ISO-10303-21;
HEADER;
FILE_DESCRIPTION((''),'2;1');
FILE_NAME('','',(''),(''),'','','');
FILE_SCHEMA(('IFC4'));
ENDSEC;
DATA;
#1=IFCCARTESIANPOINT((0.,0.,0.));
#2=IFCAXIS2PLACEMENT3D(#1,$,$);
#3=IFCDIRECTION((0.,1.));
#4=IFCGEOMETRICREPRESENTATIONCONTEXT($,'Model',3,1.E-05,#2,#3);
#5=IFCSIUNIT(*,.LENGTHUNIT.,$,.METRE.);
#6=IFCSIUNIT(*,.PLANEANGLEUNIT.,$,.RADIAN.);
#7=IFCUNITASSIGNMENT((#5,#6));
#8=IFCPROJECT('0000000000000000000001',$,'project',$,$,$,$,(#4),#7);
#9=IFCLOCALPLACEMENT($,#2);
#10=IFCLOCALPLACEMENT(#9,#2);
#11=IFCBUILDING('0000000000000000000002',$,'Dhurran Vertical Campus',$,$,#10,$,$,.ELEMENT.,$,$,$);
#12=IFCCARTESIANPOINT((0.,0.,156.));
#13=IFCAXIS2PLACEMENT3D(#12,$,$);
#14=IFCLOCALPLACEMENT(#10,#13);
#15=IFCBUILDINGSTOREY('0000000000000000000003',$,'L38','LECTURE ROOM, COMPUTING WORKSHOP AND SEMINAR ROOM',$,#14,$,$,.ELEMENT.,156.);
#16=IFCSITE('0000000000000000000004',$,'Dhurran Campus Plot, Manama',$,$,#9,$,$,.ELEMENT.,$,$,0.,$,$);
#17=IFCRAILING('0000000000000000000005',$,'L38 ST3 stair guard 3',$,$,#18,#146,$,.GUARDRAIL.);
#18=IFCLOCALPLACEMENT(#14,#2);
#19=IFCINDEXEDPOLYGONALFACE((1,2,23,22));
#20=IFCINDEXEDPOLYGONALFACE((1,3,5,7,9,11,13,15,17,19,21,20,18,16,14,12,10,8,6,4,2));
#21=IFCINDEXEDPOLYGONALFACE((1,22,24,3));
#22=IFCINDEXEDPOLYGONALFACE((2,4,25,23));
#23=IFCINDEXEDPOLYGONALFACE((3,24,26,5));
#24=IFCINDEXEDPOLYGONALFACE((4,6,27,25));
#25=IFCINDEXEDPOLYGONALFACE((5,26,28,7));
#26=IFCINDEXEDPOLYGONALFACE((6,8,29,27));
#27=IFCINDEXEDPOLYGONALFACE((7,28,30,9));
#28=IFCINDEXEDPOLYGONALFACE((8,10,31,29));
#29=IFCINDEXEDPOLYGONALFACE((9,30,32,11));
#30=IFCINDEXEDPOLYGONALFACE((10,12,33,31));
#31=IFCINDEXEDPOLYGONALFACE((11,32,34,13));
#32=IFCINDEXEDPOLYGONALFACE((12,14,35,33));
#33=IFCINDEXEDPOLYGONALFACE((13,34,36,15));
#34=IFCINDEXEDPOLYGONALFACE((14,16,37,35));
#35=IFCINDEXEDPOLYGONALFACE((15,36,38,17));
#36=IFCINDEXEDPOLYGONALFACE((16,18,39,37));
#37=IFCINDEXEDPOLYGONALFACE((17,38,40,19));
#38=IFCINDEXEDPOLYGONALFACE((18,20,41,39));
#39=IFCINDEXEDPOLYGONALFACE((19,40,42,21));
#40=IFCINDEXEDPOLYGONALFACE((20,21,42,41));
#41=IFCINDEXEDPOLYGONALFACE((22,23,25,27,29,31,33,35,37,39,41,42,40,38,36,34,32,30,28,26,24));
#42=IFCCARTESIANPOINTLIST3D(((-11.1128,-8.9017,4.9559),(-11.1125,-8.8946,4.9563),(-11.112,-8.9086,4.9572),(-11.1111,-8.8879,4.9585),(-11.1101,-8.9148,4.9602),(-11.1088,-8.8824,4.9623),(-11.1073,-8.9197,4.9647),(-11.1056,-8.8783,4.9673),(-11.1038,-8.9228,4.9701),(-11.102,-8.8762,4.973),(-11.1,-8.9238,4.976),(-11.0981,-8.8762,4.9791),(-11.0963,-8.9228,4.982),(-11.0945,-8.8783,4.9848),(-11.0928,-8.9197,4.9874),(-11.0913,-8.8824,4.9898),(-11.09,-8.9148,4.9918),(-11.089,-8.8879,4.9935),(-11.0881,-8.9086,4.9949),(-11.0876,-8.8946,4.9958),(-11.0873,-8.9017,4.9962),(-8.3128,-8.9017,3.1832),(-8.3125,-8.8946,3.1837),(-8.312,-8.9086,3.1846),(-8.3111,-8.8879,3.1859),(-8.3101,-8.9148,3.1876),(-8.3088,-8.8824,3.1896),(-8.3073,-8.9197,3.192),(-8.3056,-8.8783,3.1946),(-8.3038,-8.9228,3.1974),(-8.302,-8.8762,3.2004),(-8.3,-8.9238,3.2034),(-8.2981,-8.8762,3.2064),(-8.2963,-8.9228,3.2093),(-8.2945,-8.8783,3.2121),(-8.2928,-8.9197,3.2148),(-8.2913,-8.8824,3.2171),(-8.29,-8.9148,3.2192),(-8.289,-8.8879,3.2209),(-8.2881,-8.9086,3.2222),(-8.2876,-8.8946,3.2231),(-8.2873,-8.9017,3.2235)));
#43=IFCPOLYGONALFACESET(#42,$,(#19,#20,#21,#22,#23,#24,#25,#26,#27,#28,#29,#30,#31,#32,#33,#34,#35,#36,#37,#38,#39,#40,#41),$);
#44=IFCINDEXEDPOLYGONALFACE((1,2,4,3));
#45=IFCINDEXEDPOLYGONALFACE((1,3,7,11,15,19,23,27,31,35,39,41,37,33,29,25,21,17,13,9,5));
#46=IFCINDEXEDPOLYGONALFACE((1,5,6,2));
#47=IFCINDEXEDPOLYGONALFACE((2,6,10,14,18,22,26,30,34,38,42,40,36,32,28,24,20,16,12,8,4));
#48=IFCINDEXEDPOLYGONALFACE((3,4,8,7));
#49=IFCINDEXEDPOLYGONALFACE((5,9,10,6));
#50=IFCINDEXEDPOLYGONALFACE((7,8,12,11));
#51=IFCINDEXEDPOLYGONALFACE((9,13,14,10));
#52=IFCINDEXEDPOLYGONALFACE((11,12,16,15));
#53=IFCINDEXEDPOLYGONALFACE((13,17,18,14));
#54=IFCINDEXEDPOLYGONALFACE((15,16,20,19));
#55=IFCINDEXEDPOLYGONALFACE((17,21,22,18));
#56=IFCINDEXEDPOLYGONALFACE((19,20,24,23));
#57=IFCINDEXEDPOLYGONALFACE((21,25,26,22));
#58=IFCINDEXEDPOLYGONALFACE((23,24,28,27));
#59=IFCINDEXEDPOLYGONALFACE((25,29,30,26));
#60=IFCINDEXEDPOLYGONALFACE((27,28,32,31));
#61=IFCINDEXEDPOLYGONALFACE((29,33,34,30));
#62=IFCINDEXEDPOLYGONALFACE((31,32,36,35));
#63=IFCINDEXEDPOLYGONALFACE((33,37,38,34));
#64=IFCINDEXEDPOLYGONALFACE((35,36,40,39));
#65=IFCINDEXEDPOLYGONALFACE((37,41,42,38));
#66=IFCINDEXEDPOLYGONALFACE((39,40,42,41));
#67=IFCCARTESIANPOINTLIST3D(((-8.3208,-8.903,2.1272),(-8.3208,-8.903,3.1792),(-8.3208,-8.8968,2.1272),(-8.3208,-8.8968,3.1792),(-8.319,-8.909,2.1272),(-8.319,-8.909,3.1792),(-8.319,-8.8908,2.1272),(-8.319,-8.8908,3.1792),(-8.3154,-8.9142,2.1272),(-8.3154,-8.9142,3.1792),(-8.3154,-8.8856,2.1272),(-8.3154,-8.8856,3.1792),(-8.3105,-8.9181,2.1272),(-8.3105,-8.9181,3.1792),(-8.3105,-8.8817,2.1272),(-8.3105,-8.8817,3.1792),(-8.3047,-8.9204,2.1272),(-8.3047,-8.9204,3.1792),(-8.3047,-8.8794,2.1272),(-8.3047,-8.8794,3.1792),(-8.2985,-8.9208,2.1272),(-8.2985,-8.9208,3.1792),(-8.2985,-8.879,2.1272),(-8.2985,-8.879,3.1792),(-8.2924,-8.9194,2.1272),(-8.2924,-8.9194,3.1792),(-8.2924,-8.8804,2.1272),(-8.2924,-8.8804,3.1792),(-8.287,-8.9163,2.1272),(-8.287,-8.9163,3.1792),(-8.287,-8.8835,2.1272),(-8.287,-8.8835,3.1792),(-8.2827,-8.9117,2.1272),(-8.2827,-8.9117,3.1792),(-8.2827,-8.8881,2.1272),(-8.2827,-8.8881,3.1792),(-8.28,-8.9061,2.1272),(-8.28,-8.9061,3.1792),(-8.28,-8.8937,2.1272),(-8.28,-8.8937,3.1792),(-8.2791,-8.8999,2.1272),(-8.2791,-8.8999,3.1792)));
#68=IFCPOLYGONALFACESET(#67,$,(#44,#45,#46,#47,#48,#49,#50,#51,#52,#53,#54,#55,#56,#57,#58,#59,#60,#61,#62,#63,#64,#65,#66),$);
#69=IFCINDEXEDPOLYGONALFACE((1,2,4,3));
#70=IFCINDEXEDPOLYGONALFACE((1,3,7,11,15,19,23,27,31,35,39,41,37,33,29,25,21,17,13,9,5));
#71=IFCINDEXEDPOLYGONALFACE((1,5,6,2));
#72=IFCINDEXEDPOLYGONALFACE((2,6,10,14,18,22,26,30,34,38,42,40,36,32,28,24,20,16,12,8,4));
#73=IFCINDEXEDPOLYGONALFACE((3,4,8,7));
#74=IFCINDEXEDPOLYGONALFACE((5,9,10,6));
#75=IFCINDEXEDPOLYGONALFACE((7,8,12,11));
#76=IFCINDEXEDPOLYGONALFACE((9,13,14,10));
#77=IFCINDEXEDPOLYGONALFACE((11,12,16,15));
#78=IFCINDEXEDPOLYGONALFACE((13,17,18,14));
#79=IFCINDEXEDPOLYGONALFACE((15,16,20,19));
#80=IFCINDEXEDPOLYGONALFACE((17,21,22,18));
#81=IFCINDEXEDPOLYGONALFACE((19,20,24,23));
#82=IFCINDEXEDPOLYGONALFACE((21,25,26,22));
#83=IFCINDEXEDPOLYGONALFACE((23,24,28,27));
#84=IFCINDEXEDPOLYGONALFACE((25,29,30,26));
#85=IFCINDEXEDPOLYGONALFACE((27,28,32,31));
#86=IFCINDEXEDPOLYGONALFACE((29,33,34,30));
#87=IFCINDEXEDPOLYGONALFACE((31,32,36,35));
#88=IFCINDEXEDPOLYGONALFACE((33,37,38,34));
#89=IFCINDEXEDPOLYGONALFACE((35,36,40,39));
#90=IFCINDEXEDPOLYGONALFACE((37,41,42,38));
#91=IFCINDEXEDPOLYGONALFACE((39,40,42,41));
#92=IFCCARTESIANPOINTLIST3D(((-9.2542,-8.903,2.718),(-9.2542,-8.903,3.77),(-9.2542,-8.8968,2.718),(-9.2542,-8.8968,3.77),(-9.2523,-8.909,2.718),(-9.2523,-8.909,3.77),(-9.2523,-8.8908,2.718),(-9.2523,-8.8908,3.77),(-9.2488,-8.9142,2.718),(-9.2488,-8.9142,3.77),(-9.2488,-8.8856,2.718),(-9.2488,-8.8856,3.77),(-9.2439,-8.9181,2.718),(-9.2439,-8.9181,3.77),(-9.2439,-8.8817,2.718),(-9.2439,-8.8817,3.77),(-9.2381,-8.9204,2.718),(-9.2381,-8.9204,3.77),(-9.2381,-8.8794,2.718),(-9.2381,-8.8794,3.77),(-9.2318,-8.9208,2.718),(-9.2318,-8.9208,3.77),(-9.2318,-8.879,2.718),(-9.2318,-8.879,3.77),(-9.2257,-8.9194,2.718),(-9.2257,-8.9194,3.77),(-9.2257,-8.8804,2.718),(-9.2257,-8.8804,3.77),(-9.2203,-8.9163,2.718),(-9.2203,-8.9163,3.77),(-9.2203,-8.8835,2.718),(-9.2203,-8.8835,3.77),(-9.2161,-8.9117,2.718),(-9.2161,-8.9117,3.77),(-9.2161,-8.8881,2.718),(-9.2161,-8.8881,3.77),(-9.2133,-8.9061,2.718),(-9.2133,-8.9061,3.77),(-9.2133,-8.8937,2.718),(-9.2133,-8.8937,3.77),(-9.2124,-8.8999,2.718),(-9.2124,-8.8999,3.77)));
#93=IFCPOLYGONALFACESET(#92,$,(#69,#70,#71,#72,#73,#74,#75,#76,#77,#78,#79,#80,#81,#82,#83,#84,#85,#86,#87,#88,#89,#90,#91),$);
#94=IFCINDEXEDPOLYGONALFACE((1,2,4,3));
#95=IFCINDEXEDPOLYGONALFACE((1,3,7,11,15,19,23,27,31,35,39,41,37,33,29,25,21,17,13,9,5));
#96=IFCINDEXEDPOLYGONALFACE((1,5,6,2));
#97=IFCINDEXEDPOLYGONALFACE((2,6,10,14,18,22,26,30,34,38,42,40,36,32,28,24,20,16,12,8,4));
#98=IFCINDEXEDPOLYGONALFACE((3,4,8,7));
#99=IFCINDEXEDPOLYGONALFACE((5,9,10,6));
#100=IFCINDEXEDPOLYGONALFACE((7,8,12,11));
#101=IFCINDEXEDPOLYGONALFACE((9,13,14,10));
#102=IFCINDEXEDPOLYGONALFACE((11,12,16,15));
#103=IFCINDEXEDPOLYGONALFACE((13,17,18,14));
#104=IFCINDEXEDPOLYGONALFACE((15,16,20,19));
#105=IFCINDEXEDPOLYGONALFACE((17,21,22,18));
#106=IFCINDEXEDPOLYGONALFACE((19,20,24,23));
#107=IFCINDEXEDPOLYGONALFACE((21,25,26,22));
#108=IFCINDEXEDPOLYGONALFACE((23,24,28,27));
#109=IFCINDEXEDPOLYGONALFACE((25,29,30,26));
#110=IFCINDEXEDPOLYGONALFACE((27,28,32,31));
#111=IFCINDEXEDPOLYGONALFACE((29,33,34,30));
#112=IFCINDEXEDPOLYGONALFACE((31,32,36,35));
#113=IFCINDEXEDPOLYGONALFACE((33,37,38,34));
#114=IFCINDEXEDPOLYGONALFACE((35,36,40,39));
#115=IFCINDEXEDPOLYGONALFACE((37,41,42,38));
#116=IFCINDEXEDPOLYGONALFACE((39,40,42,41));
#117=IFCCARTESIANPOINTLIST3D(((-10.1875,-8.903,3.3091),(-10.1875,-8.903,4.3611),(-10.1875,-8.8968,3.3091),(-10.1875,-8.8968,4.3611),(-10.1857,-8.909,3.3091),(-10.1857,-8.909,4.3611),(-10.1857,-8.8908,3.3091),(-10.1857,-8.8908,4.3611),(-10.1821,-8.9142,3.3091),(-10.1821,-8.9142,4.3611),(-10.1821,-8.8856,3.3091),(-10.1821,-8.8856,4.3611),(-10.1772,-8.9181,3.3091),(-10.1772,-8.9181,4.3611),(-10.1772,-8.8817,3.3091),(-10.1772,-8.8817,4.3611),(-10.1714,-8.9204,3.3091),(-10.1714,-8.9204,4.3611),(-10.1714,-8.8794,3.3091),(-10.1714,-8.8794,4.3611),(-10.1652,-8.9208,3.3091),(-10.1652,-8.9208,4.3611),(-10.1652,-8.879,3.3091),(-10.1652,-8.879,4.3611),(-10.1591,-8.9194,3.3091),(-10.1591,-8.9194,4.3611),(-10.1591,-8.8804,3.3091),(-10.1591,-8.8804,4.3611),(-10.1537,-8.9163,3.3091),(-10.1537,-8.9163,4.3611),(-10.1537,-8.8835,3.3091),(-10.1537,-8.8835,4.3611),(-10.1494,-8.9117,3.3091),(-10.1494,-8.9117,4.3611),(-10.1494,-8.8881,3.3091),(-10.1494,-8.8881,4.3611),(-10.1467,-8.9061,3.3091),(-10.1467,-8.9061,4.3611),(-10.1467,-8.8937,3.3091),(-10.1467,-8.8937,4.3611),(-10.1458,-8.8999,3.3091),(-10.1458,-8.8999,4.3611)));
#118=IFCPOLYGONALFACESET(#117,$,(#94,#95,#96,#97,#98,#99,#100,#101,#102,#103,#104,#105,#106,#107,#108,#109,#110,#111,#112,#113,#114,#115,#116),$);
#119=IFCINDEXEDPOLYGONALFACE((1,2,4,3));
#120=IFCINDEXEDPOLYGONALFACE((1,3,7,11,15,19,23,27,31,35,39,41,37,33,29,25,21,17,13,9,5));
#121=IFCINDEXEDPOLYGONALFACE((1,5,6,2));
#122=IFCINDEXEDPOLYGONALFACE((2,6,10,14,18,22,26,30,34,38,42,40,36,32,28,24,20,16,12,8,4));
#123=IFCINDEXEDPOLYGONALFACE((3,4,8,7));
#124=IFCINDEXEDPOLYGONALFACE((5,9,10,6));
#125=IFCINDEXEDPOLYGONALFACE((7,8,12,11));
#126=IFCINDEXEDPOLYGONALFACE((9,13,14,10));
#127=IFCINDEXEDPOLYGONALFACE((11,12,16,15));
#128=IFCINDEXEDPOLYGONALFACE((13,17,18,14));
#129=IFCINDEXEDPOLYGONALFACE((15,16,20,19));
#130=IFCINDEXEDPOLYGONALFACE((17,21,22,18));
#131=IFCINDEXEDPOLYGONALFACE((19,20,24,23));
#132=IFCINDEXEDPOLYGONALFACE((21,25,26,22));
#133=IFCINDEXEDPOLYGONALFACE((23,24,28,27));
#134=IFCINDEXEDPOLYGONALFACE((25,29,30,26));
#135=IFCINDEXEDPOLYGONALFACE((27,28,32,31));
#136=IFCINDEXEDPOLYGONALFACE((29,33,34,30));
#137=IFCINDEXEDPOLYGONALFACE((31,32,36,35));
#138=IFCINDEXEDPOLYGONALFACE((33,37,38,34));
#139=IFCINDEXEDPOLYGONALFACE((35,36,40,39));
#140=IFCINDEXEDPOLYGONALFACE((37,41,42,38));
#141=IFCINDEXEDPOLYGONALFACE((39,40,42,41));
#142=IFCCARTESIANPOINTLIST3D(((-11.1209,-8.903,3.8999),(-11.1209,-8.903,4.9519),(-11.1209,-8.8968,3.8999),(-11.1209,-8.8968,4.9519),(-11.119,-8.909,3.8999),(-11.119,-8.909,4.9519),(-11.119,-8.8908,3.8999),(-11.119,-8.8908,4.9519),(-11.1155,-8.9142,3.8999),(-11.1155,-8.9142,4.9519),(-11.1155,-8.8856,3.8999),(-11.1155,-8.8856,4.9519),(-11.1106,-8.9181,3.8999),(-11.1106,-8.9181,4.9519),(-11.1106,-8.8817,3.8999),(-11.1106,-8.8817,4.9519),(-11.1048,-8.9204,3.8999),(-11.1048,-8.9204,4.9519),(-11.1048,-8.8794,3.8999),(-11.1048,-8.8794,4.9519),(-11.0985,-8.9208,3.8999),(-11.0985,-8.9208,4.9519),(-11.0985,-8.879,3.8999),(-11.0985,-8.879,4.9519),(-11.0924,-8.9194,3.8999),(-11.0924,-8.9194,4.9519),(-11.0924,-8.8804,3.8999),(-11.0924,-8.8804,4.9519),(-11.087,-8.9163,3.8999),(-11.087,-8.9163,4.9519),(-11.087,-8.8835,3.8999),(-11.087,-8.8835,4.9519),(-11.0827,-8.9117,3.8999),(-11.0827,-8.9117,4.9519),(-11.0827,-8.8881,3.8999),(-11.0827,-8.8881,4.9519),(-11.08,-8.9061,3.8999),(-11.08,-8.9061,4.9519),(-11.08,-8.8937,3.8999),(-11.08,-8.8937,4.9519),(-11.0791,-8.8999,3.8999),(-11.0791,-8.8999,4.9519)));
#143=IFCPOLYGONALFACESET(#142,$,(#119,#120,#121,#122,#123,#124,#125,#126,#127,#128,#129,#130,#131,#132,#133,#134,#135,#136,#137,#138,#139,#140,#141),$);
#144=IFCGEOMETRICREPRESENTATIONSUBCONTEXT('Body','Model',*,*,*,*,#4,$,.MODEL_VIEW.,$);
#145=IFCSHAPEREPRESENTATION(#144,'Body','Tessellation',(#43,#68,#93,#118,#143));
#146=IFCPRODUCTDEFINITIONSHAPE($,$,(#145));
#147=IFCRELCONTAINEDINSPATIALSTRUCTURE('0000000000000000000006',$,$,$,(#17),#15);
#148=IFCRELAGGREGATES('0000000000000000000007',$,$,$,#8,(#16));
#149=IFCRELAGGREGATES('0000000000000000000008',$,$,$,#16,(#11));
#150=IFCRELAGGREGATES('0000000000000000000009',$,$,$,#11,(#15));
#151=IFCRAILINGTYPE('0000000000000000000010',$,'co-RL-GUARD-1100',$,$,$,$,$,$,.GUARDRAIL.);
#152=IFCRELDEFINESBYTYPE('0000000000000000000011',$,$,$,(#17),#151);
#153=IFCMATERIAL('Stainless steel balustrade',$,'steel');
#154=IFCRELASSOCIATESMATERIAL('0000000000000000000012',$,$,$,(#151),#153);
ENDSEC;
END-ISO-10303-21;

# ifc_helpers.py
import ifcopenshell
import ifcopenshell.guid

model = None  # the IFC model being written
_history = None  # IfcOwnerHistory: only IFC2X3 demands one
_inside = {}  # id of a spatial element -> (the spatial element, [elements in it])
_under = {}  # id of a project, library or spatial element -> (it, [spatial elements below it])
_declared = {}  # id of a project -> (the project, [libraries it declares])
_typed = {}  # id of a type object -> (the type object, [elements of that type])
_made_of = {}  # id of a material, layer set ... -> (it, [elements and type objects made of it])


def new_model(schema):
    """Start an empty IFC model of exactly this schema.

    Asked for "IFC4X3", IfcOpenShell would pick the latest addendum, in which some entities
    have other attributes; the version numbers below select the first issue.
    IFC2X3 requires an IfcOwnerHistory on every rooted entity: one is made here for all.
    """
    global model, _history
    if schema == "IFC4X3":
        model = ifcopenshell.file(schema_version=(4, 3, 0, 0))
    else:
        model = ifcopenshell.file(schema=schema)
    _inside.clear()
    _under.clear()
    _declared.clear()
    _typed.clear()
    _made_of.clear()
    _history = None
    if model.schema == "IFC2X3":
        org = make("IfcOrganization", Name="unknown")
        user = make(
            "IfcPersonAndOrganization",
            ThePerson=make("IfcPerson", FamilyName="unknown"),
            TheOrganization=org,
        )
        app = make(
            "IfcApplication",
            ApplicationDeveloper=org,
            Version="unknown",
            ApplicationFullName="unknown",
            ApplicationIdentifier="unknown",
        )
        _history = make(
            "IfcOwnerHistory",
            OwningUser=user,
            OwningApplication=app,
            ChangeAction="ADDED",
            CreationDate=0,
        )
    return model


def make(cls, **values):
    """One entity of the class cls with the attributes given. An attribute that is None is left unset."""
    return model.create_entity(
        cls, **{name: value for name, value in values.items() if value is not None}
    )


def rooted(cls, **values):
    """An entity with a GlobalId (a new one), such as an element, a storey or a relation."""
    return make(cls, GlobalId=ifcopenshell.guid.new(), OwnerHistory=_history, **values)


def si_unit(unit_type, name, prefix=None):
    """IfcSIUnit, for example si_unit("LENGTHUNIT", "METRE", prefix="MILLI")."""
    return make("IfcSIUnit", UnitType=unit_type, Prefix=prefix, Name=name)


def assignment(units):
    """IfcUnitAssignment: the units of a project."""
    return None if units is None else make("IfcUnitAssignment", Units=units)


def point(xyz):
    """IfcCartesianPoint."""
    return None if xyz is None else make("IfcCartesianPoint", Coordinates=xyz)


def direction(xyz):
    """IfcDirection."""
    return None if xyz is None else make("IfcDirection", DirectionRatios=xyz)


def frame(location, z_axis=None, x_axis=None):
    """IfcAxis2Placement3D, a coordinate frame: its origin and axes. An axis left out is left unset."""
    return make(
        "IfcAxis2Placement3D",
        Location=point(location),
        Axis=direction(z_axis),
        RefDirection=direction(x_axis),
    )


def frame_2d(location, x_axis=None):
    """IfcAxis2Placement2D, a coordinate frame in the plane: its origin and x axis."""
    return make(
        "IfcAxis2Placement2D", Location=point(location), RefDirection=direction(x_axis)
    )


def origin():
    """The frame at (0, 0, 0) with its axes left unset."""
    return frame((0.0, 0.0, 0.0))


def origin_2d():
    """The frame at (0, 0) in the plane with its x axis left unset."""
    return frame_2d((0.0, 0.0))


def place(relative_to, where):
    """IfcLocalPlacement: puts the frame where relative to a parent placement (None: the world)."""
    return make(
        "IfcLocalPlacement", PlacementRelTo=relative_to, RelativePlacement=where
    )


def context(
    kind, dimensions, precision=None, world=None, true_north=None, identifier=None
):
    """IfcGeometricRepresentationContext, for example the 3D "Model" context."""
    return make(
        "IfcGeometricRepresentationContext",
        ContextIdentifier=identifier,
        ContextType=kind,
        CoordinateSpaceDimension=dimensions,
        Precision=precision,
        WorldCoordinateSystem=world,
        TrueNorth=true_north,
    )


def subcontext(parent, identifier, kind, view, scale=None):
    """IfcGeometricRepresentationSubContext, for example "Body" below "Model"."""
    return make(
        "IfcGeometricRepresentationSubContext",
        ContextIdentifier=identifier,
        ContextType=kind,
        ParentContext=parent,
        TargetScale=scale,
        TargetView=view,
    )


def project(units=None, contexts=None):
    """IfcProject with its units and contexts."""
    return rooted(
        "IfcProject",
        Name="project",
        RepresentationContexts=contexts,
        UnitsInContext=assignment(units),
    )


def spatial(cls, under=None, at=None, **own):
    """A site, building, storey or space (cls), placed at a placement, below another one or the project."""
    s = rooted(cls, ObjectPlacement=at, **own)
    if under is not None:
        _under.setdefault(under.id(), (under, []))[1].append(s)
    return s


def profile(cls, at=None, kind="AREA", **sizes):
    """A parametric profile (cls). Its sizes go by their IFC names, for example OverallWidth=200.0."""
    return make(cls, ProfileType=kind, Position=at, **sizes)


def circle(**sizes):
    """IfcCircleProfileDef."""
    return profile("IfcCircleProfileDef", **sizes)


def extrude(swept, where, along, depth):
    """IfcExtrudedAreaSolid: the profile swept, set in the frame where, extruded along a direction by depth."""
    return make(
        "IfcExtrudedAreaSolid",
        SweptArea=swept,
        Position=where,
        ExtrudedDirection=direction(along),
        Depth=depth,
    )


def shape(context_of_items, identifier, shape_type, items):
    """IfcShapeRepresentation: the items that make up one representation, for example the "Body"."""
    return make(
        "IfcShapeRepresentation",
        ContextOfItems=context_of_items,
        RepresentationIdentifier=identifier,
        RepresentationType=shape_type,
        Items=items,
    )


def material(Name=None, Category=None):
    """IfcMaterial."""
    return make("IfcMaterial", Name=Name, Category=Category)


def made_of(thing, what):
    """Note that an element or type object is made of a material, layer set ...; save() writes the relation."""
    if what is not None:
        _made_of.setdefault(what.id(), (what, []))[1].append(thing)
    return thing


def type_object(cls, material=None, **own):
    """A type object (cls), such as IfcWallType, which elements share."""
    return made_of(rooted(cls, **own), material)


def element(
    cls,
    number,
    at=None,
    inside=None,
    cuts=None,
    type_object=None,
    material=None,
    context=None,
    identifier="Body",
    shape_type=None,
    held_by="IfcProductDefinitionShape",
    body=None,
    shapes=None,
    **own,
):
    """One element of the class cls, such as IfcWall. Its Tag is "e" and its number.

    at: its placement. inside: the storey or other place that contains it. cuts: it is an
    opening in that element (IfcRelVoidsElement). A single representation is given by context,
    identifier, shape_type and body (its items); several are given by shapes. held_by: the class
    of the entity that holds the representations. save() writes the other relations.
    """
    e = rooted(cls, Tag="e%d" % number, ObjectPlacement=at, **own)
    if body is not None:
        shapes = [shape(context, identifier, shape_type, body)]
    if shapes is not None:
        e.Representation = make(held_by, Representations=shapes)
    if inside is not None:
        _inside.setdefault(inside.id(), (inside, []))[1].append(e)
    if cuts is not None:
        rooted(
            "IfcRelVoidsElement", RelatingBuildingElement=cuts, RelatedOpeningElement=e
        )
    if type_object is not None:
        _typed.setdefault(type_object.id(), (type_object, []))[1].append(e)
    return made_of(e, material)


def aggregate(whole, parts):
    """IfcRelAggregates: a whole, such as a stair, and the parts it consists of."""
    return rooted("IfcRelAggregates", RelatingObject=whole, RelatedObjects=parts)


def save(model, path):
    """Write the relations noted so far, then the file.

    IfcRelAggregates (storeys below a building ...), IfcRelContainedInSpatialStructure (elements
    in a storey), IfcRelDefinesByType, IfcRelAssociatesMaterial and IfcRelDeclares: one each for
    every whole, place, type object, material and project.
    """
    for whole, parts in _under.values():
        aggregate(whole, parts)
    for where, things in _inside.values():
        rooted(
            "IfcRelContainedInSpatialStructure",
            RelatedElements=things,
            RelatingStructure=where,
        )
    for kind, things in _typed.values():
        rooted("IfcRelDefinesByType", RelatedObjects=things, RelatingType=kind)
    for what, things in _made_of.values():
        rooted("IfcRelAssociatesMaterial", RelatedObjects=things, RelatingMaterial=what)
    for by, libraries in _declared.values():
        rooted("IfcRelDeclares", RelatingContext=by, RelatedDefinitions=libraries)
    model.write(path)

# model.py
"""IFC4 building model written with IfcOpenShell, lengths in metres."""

from ifc_helpers import new_model, si_unit, direction, frame, origin, origin_2d, place, context, subcontext, project, spatial, circle, extrude, material, type_object, element, save


model = new_model("IFC4")

# Units and contexts
model_context = context("Model", 3, precision=1e-05, world=origin(), true_north=direction((0.0, 1.0)))
body_context = subcontext(model_context, "Body", "Model", "MODEL_VIEW")
ifc_project = project(units=[si_unit("LENGTHUNIT", "METRE"), si_unit("PLANEANGLEUNIT", "RADIAN")], contexts=[model_context])

# Site, building, storey
site_placement = place(None, origin())
site = spatial("IfcSite", under=ifc_project, at=site_placement, Name="Dhurran Campus Plot, Manama", CompositionType="ELEMENT", RefElevation=0.0)
building_placement = place(site_placement, origin())
building = spatial("IfcBuilding", under=site, at=building_placement, Name="Dhurran Vertical Campus", CompositionType="ELEMENT")
storey_placement = place(building_placement, frame((0.0, 0.0, 156.0)))
storey = spatial("IfcBuildingStorey", under=building, at=storey_placement, Name="L38", Description="LECTURE ROOM, COMPUTING WORKSHOP AND SEMINAR ROOM", CompositionType="ELEMENT", Elevation=156.0)

# Railing
ifc_material_1 = material(Name="Stainless steel balustrade", Category="steel")
railing_type_1 = type_object("IfcRailingType", Name="co-RL-GUARD-1100", PredefinedType="GUARDRAIL", material=ifc_material_1)
railing_1_placement = place(storey_placement, frame((-8.3, -8.8999, 2.1272)))
element("IfcRailing", 1, at=railing_1_placement, inside=storey, type_object=railing_type_1, Name="L38 ST3 stair guard 3", PredefinedType="GUARDRAIL", context=body_context, shape_type="SweptSolid", body=[
    extrude(circle(Radius=0.0239, at=origin_2d()), frame((0.0, 0.0, 1.0762), z_axis=(-0.844909, 0.0, 0.53491), x_axis=(0.0, -1.0, 0.0)), (0.0, 0.0, 1.0), 3.314),
    extrude(circle(Radius=0.021, at=origin_2d()), origin(), (0.0, 0.0, 1.0), 1.052),
    extrude(circle(Radius=0.021, at=origin_2d()), frame((-0.9333, 0.0, 0.5908)), (0.0, 0.0, 1.0), 1.052),
    extrude(circle(Radius=0.021, at=origin_2d()), frame((-1.8667, 0.0, 1.1819)), (0.0, 0.0, 1.0), 1.052),
    extrude(circle(Radius=0.021, at=origin_2d()), frame((-2.8, 0.0, 1.7727)), (0.0, 0.0, 1.0), 1.052),
])

save(model, "model.ifc")
